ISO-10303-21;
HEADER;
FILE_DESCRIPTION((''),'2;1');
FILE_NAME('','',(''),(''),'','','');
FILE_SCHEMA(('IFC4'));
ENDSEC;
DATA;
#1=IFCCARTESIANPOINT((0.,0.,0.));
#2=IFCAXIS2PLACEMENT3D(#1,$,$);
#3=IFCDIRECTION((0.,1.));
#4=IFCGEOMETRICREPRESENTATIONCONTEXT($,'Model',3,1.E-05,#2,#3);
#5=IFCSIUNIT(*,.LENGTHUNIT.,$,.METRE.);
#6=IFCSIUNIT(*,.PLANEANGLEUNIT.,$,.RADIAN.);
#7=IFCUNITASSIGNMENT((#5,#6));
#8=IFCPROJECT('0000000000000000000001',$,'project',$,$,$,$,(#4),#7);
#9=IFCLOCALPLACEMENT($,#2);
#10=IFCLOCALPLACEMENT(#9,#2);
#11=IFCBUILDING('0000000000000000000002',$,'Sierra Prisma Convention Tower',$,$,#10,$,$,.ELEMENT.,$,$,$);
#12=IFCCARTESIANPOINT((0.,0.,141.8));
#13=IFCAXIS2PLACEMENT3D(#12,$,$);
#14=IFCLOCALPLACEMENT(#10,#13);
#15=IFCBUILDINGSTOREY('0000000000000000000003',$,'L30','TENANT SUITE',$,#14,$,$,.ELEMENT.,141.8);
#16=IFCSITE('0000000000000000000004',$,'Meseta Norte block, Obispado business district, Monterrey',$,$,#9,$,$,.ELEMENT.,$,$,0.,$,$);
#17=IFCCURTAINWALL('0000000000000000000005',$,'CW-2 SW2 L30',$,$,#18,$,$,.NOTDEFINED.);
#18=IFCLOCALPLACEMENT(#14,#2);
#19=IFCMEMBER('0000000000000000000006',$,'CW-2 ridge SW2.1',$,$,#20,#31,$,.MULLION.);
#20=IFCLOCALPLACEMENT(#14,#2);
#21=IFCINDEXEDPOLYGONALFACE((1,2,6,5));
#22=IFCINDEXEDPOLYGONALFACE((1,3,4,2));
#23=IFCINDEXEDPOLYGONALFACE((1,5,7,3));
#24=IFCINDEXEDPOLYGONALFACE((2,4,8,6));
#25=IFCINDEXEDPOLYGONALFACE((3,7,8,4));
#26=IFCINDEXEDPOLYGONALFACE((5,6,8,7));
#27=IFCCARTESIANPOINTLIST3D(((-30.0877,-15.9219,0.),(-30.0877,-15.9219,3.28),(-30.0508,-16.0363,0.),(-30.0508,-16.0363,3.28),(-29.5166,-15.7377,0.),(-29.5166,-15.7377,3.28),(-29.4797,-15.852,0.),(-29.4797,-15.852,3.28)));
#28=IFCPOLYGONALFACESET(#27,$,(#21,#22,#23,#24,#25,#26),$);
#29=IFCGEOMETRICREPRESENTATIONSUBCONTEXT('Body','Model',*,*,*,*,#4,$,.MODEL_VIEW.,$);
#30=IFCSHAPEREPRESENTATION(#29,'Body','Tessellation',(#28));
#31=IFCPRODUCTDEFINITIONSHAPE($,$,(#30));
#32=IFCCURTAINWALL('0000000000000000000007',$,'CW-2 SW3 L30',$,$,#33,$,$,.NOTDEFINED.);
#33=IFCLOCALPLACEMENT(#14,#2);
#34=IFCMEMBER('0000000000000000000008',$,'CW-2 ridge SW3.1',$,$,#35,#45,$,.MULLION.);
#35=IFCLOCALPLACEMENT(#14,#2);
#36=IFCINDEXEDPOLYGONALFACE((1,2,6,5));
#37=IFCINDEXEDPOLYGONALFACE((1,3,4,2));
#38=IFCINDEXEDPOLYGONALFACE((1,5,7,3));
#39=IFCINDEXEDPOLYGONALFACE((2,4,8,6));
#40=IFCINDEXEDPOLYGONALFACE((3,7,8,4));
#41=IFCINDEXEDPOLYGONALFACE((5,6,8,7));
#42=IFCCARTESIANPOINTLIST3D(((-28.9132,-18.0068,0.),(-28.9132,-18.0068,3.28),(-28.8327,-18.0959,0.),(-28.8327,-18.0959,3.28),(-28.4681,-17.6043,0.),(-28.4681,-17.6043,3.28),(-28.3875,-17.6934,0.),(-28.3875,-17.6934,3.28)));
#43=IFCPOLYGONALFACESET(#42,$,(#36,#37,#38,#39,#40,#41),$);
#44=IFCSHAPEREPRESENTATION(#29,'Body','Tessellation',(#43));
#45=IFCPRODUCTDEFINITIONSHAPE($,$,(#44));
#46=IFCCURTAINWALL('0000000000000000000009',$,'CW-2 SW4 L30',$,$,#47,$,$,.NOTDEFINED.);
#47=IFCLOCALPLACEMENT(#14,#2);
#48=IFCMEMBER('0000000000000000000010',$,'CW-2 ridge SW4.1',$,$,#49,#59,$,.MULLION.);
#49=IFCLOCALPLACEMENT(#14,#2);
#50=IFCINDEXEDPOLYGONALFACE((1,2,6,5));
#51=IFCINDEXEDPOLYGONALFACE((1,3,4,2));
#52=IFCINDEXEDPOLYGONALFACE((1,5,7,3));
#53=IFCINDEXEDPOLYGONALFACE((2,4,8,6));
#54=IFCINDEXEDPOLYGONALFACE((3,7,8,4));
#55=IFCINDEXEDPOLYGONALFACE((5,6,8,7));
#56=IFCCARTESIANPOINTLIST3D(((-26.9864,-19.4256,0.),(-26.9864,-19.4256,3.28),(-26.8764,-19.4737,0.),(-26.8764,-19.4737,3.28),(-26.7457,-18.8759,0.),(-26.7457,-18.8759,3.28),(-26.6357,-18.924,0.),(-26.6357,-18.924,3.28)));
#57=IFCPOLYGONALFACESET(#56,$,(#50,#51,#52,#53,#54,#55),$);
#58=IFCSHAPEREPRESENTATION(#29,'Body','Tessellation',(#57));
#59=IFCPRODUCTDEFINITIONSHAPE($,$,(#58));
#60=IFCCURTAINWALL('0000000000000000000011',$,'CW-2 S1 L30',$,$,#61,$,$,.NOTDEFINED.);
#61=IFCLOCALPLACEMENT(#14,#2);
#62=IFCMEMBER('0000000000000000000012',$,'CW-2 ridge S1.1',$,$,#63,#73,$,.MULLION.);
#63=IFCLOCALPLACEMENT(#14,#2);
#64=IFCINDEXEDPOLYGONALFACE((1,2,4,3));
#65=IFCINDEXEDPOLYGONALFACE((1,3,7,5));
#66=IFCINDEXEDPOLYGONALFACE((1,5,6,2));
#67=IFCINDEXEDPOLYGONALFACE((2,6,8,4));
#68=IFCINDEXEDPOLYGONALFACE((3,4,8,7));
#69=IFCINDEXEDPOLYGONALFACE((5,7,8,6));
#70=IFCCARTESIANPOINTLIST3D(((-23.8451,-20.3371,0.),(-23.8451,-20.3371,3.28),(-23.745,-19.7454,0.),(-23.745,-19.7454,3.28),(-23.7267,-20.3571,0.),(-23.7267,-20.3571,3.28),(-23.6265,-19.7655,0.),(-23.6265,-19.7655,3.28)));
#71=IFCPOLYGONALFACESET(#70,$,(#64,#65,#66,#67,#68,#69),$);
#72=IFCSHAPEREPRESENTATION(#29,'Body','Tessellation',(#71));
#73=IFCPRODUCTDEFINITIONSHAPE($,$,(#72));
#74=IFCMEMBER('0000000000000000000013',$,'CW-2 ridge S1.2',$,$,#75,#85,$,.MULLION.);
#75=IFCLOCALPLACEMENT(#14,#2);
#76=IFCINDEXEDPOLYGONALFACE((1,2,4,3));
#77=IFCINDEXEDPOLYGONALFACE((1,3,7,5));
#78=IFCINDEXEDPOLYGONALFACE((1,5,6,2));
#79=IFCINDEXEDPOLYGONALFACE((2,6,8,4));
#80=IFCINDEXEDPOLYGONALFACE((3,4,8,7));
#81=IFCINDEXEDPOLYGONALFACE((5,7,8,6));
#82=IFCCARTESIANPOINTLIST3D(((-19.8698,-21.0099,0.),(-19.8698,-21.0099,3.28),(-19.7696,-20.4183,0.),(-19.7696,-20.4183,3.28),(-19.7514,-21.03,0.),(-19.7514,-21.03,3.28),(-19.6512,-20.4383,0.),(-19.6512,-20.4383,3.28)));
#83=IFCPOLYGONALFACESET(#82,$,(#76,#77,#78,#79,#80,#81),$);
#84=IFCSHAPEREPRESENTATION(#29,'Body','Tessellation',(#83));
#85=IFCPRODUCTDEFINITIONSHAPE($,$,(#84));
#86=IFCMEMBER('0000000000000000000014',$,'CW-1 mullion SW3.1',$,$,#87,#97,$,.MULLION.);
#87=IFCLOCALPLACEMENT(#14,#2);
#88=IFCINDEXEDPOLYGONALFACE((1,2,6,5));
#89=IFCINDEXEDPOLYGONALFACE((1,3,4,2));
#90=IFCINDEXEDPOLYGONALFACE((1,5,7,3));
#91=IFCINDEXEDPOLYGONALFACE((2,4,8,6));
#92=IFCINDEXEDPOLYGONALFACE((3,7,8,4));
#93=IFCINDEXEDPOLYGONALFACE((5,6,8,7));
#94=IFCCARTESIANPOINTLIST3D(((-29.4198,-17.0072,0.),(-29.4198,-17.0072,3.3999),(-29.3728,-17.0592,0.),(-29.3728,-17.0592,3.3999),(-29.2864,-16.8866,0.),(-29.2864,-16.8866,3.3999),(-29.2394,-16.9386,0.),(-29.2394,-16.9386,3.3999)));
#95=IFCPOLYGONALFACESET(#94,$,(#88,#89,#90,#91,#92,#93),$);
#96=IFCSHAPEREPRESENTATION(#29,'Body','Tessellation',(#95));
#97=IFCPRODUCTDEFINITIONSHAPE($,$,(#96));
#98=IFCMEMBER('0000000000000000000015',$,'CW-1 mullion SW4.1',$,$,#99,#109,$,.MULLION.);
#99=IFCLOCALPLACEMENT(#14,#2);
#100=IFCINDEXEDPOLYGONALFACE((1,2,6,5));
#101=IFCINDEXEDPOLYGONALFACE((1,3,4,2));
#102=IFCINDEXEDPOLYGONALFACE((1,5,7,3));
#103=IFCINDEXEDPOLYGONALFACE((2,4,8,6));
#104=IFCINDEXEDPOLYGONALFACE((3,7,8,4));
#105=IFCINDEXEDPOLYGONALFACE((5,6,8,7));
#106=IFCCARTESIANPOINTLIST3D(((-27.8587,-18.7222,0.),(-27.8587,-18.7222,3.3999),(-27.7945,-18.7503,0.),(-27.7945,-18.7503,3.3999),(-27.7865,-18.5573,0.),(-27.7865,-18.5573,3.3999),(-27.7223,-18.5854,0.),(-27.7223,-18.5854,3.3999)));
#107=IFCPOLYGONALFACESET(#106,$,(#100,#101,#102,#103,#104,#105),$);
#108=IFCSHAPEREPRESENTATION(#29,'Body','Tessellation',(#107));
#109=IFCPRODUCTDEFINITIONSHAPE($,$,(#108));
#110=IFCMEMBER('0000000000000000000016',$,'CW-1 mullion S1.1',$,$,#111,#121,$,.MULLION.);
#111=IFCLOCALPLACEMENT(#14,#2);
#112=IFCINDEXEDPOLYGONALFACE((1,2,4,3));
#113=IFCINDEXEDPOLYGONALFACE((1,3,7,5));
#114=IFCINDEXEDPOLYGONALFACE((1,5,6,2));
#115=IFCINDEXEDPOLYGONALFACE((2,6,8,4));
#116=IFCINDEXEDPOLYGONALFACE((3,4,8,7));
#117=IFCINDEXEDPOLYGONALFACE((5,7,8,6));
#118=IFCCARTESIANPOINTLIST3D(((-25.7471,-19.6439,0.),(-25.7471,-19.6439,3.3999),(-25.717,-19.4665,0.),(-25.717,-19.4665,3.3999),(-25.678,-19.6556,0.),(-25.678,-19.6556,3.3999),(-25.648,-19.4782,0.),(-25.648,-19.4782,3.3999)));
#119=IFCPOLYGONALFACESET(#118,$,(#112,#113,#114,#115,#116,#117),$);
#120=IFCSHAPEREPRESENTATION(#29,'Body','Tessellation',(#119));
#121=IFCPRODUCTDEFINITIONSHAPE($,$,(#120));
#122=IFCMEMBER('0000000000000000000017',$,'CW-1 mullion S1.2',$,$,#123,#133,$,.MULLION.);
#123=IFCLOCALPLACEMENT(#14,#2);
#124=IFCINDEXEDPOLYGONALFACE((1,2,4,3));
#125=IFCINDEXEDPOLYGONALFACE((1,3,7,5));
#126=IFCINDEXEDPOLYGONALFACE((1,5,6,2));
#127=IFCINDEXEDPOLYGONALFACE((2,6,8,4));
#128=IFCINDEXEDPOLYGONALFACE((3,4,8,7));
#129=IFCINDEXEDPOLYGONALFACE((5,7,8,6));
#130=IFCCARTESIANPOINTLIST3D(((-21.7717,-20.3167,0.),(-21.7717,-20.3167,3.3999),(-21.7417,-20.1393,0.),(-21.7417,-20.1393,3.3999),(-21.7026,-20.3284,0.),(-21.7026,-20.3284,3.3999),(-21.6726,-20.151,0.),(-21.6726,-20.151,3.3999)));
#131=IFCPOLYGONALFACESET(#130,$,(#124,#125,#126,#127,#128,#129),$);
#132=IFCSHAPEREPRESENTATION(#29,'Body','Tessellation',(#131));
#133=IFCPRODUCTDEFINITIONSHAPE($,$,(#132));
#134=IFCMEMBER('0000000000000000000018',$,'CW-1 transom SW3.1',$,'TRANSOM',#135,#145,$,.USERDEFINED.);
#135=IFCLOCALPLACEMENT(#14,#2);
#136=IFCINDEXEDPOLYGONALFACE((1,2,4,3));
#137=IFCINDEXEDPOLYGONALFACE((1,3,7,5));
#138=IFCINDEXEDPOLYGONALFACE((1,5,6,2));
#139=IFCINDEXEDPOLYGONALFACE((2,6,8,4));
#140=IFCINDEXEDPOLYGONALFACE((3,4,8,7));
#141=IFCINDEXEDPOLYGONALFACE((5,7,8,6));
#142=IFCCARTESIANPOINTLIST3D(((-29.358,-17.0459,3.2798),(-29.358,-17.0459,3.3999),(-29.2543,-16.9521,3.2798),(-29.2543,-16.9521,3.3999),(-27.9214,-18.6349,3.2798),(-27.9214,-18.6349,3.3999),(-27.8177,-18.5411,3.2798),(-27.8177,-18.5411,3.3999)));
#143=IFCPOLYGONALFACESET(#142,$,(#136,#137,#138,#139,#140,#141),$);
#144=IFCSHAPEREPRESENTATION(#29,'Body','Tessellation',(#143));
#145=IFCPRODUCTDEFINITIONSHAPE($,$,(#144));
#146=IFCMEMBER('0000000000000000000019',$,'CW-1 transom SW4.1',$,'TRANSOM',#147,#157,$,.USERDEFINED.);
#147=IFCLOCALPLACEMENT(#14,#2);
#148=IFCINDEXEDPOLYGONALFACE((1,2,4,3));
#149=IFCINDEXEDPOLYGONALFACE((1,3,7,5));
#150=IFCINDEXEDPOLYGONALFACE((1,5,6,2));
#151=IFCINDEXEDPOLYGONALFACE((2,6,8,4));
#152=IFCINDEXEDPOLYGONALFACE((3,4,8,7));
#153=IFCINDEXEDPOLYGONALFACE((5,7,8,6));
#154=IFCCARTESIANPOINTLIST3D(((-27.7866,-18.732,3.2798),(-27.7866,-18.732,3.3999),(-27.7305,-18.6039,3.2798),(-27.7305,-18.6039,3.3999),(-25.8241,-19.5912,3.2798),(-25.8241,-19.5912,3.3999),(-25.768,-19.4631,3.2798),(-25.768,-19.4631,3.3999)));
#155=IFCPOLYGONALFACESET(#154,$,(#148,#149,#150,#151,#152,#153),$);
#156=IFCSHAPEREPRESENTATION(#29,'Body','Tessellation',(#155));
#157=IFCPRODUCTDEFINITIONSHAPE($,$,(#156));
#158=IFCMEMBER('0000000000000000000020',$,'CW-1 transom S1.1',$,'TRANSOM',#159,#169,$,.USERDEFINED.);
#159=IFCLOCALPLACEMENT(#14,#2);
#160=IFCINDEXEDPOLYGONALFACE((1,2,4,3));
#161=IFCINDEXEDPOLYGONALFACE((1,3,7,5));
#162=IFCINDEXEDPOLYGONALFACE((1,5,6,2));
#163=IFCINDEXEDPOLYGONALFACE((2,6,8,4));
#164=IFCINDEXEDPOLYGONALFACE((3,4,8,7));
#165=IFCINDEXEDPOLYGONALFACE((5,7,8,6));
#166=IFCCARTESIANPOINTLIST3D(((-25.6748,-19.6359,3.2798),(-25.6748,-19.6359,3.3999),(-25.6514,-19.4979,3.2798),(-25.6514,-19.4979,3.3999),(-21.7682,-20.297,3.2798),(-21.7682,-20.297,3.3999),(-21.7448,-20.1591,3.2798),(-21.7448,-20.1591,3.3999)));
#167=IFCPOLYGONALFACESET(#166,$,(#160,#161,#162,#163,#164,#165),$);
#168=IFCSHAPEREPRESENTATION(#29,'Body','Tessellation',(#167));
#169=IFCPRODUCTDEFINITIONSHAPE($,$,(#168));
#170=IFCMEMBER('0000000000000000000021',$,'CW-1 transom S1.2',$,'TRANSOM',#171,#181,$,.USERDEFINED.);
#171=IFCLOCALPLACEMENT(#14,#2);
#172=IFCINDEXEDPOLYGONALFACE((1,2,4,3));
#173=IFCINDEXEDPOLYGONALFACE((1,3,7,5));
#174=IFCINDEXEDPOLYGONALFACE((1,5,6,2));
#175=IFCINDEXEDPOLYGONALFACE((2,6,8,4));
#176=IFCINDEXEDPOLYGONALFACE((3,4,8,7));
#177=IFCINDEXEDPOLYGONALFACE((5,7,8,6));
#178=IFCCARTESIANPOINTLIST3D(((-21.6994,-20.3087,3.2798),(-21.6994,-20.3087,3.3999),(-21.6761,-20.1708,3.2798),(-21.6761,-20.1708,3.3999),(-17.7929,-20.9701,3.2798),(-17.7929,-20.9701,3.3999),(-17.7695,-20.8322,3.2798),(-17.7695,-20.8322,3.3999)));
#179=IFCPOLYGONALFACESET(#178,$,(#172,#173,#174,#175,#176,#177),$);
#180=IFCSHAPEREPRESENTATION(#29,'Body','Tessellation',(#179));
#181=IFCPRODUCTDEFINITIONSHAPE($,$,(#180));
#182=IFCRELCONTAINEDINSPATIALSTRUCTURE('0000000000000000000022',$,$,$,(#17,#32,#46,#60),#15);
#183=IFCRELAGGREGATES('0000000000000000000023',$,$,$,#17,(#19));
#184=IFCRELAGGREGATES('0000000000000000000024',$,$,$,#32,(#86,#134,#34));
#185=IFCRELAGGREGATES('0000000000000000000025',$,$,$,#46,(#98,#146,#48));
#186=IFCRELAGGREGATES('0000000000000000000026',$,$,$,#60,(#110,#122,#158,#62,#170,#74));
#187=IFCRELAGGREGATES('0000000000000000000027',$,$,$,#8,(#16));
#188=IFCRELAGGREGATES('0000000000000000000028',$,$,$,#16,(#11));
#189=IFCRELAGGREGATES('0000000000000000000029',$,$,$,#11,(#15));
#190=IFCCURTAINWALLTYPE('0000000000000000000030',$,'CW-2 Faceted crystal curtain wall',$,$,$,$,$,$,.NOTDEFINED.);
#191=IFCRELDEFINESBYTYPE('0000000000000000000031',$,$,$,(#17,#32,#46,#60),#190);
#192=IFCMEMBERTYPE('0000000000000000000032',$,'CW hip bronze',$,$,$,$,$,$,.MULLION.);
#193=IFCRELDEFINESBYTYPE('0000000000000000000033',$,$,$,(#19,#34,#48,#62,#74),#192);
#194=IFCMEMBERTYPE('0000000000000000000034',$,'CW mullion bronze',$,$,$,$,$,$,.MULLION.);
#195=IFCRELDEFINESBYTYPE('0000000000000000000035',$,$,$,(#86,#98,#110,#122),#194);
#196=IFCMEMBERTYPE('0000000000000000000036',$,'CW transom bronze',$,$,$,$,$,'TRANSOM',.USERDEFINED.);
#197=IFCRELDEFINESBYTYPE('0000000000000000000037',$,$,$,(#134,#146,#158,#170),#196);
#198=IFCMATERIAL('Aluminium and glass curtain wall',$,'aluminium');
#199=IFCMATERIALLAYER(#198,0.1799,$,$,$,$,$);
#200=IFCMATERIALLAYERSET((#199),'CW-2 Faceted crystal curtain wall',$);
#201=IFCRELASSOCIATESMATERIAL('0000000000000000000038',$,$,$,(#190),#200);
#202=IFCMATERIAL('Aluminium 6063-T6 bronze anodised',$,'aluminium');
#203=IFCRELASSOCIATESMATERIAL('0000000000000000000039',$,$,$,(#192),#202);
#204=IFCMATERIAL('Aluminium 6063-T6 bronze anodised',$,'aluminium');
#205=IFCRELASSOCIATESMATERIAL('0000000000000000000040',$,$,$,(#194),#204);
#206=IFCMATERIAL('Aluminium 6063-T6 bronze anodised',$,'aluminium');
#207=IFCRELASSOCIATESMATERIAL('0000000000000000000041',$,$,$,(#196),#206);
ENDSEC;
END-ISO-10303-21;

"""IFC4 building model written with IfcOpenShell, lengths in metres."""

from ifc_helpers import new_model, si_unit, direction, frame, origin, origin_2d, place, context, subcontext, project, spatial, rectangle, extrude, material, layer, layer_set, material_profile, profile_set, type_object, element, aggregate, save


model = new_model("IFC4")

# Units and contexts
model_context = context("Model", 3, precision=1e-05, world=origin(), true_north=direction((0.0, 1.0)))
body_context = subcontext(model_context, "Body", "Model", "MODEL_VIEW")
ifc_project = project(units=[si_unit("LENGTHUNIT", "METRE"), si_unit("PLANEANGLEUNIT", "RADIAN")], contexts=[model_context])

# Site, building, storey
site_placement = place(None, origin())
site = spatial("IfcSite", under=ifc_project, at=site_placement, Name="Meseta Norte block, Obispado business district, Monterrey", CompositionType="ELEMENT", RefElevation=0.0)
building_placement = place(site_placement, origin())
building = spatial("IfcBuilding", under=site, at=building_placement, Name="Sierra Prisma Convention Tower", CompositionType="ELEMENT")
storey_placement = place(building_placement, frame((0.0, 0.0, 141.8)))
storey = spatial("IfcBuildingStorey", under=building, at=storey_placement, Name="L30", Description="TENANT SUITE", CompositionType="ELEMENT", Elevation=141.8)

# Curtain walls, members
ifc_material_1 = material(Name="Aluminium and glass curtain wall", Category="aluminium")
ifc_layer_1 = layer(ifc_material_1, 0.1799)
ifc_layer_set_1 = layer_set([ifc_layer_1], Name="CW-2 Faceted crystal curtain wall")
curtain_wall_type = type_object("IfcCurtainWallType", Name="CW-2 Faceted crystal curtain wall", PredefinedType="NOTDEFINED", material=ifc_layer_set_1)
curtain_wall_1_placement = place(storey_placement, origin())
curtain_wall_1 = element("IfcCurtainWall", 1, at=curtain_wall_1_placement, inside=storey, type_object=curtain_wall_type, Name="CW-2 SW2 L30", PredefinedType="NOTDEFINED")
ifc_material_2 = material(Name="Aluminium 6063-T6 bronze anodised", Category="aluminium")
ifc_material_profile_1 = material_profile(ifc_material_2, rectangle(XDim=0.1201, YDim=0.6001, at=origin_2d()), Name="ALU RIDGE BLADE 120x600")
ifc_profile_set_1 = profile_set([ifc_material_profile_1], Name="Aluminium 6063-T6 bronze anodised")
member_type_1 = type_object("IfcMemberType", Name="CW hip bronze", PredefinedType="MULLION", material=ifc_profile_set_1)
member_1_placement = place(storey_placement, frame((-29.7837, -15.887, 0.0), z_axis=(0.0, 0.0, 1.0), x_axis=(0.307061, -0.95169, 0.0)))
member_1 = element("IfcMember", 2, at=member_1_placement, type_object=member_type_1, Name="CW-2 ridge SW2.1", PredefinedType="MULLION", context=body_context, shape_type="SweptSolid", body=[
    extrude(rectangle(XDim=0.1201, YDim=0.6001, at=origin_2d()), origin(), (0.0, 0.0, 1.0), 3.28),
])
curtain_wall_2_placement = place(storey_placement, origin())
curtain_wall_2 = element("IfcCurtainWall", 3, at=curtain_wall_2_placement, inside=storey, type_object=curtain_wall_type, Name="CW-2 SW3 L30", PredefinedType="NOTDEFINED")
member_2_placement = place(storey_placement, frame((-28.6504, -17.8501, 0.0), z_axis=(0.0, 0.0, 1.0), x_axis=(0.670657, -0.741768, 0.0)))
member_2 = element("IfcMember", 4, at=member_2_placement, type_object=member_type_1, Name="CW-2 ridge SW3.1", PredefinedType="MULLION", context=body_context, shape_type="SweptSolid", body=[
    extrude(rectangle(XDim=0.1201, YDim=0.6001, at=origin_2d()), origin(), (0.0, 0.0, 1.0), 3.28),
])
curtain_wall_3_placement = place(storey_placement, origin())
curtain_wall_3 = element("IfcCurtainWall", 5, at=curtain_wall_3_placement, inside=storey, type_object=curtain_wall_type, Name="CW-2 SW4 L30", PredefinedType="NOTDEFINED")
member_3_placement = place(storey_placement, frame((-26.811, -19.1748, 0.0), z_axis=(0.0, 0.0, 1.0), x_axis=(0.916036, -0.401095, 0.0)))
member_3 = element("IfcMember", 6, at=member_3_placement, type_object=member_type_1, Name="CW-2 ridge SW4.1", PredefinedType="MULLION", context=body_context, shape_type="SweptSolid", body=[
    extrude(rectangle(XDim=0.1201, YDim=0.6001, at=origin_2d()), origin(), (0.0, 0.0, 1.0), 3.28),
])

# Curtain wall, members
curtain_wall_4_placement = place(storey_placement, origin())
curtain_wall_4 = element("IfcCurtainWall", 7, at=curtain_wall_4_placement, inside=storey, type_object=curtain_wall_type, Name="CW-2 S1 L30", PredefinedType="NOTDEFINED")
member_4_placement = place(storey_placement, frame((-23.7358, -20.0513, 0.0), z_axis=(0.0, 0.0, 1.0), x_axis=(0.985975, -0.166896, 0.0)))
member_4 = element("IfcMember", 8, at=member_4_placement, type_object=member_type_1, Name="CW-2 ridge S1.1", PredefinedType="MULLION", context=body_context, shape_type="SweptSolid", body=[
    extrude(rectangle(XDim=0.1201, YDim=0.6001, at=origin_2d()), origin(), (0.0, 0.0, 1.0), 3.28),
])
member_5_placement = place(storey_placement, frame((-19.7605, -20.7241, 0.0), z_axis=(0.0, 0.0, 1.0), x_axis=(0.985975, -0.166896, 0.0)))
member_5 = element("IfcMember", 9, at=member_5_placement, type_object=member_type_1, Name="CW-2 ridge S1.2", PredefinedType="MULLION", context=body_context, shape_type="SweptSolid", body=[
    extrude(rectangle(XDim=0.1201, YDim=0.6001, at=origin_2d()), origin(), (0.0, 0.0, 1.0), 3.28),
])

# Members
ifc_material_3 = material(Name="Aluminium 6063-T6 bronze anodised", Category="aluminium")
ifc_material_profile_2 = material_profile(ifc_material_3, rectangle(XDim=0.1799, YDim=0.0701, at=origin_2d()), Name="ALU MULLION 70x180")
ifc_profile_set_2 = profile_set([ifc_material_profile_2], Name="Aluminium 6063-T6 bronze anodised")
member_type_2 = type_object("IfcMemberType", Name="CW mullion bronze", PredefinedType="MULLION", material=ifc_profile_set_2)
member_6_placement = place(storey_placement, frame((-29.3296, -16.9729, 0.0), z_axis=(0.0, 0.0, 1.0), x_axis=(0.741768, 0.670657, 0.0)))
member_6 = element("IfcMember", 10, at=member_6_placement, type_object=member_type_2, Name="CW-1 mullion SW3.1", PredefinedType="MULLION", context=body_context, shape_type="SweptSolid", body=[
    extrude(rectangle(XDim=0.1799, YDim=0.0701, at=origin_2d()), origin(), (0.0, 0.0, 1.0), 3.3999),
])
member_7_placement = place(storey_placement, frame((-27.7905, -18.6538, 0.0), z_axis=(0.0, 0.0, 1.0), x_axis=(0.401095, 0.916036, 0.0)))
member_7 = element("IfcMember", 11, at=member_7_placement, type_object=member_type_2, Name="CW-1 mullion SW4.1", PredefinedType="MULLION", context=body_context, shape_type="SweptSolid", body=[
    extrude(rectangle(XDim=0.1799, YDim=0.0701, at=origin_2d()), origin(), (0.0, 0.0, 1.0), 3.3999),
])
member_8_placement = place(storey_placement, frame((-25.6975, -19.561, 0.0), z_axis=(0.0, 0.0, 1.0), x_axis=(0.166896, 0.985975, 0.0)))
member_8 = element("IfcMember", 12, at=member_8_placement, type_object=member_type_2, Name="CW-1 mullion S1.1", PredefinedType="MULLION", context=body_context, shape_type="SweptSolid", body=[
    extrude(rectangle(XDim=0.1799, YDim=0.0701, at=origin_2d()), origin(), (0.0, 0.0, 1.0), 3.3999),
])
member_9_placement = place(storey_placement, frame((-21.7222, -20.2339, 0.0), z_axis=(0.0, 0.0, 1.0), x_axis=(0.166896, 0.985975, 0.0)))
member_9 = element("IfcMember", 13, at=member_9_placement, type_object=member_type_2, Name="CW-1 mullion S1.2", PredefinedType="MULLION", context=body_context, shape_type="SweptSolid", body=[
    extrude(rectangle(XDim=0.1799, YDim=0.0701, at=origin_2d()), origin(), (0.0, 0.0, 1.0), 3.3999),
])
ifc_material_4 = material(Name="Aluminium 6063-T6 bronze anodised", Category="aluminium")
ifc_material_profile_3 = material_profile(ifc_material_4, rectangle(XDim=0.1399, YDim=0.1201, at=origin_2d()), Name="ALU TRANSOM 120x140")
ifc_profile_set_3 = profile_set([ifc_material_profile_3], Name="Aluminium 6063-T6 bronze anodised")
member_type_3 = type_object("IfcMemberType", Name="CW transom bronze", ElementType="TRANSOM", PredefinedType="USERDEFINED", material=ifc_profile_set_3)
member_10_placement = place(storey_placement, frame((-29.3062, -16.999, 3.3398), z_axis=(0.670651, -0.741773, 0.0), x_axis=(0.741773, 0.670651, 0.0)))
member_10 = element("IfcMember", 14, at=member_10_placement, type_object=member_type_3, Name="CW-1 transom SW3.1", ObjectType="TRANSOM", PredefinedType="USERDEFINED", context=body_context, shape_type="SweptSolid", body=[
    extrude(rectangle(XDim=0.1399, YDim=0.1201, at=origin_2d()), origin(), (0.0, 0.0, 1.0), 2.1421),
])
member_11_placement = place(storey_placement, frame((-27.7585, -18.668, 3.3398), z_axis=(0.916058, -0.401046, 0.0), x_axis=(0.401046, 0.916058, 0.0)))
member_11 = element("IfcMember", 15, at=member_11_placement, type_object=member_type_3, Name="CW-1 transom SW4.1", ObjectType="TRANSOM", PredefinedType="USERDEFINED", context=body_context, shape_type="SweptSolid", body=[
    extrude(rectangle(XDim=0.1399, YDim=0.1201, at=origin_2d()), origin(), (0.0, 0.0, 1.0), 2.1423),
])
member_12_placement = place(storey_placement, frame((-25.6631, -19.5669, 3.3398), z_axis=(0.985979, -0.166867, 0.0), x_axis=(0.166867, 0.985979, 0.0)))
member_12 = element("IfcMember", 16, at=member_12_placement, type_object=member_type_3, Name="CW-1 transom S1.1", ObjectType="TRANSOM", PredefinedType="USERDEFINED", context=body_context, shape_type="SweptSolid", body=[
    extrude(rectangle(XDim=0.1399, YDim=0.1201, at=origin_2d()), origin(), (0.0, 0.0, 1.0), 3.9622),
])
member_13_placement = place(storey_placement, frame((-21.6877, -20.2397, 3.3398), z_axis=(0.985969, -0.166927, 0.0), x_axis=(0.166927, 0.985969, 0.0)))
member_13 = element("IfcMember", 17, at=member_13_placement, type_object=member_type_3, Name="CW-1 transom S1.2", ObjectType="TRANSOM", PredefinedType="USERDEFINED", context=body_context, shape_type="SweptSolid", body=[
    extrude(rectangle(XDim=0.1399, YDim=0.1201, at=origin_2d()), origin(), (0.0, 0.0, 1.0), 3.9622),
])

aggregate(curtain_wall_1, [member_1])
aggregate(curtain_wall_2, [member_6, member_10, member_2])
aggregate(curtain_wall_3, [member_7, member_11, member_3])
aggregate(curtain_wall_4, [member_8, member_9, member_12, member_4, member_13, member_5])

save(model, "model.ifc")
